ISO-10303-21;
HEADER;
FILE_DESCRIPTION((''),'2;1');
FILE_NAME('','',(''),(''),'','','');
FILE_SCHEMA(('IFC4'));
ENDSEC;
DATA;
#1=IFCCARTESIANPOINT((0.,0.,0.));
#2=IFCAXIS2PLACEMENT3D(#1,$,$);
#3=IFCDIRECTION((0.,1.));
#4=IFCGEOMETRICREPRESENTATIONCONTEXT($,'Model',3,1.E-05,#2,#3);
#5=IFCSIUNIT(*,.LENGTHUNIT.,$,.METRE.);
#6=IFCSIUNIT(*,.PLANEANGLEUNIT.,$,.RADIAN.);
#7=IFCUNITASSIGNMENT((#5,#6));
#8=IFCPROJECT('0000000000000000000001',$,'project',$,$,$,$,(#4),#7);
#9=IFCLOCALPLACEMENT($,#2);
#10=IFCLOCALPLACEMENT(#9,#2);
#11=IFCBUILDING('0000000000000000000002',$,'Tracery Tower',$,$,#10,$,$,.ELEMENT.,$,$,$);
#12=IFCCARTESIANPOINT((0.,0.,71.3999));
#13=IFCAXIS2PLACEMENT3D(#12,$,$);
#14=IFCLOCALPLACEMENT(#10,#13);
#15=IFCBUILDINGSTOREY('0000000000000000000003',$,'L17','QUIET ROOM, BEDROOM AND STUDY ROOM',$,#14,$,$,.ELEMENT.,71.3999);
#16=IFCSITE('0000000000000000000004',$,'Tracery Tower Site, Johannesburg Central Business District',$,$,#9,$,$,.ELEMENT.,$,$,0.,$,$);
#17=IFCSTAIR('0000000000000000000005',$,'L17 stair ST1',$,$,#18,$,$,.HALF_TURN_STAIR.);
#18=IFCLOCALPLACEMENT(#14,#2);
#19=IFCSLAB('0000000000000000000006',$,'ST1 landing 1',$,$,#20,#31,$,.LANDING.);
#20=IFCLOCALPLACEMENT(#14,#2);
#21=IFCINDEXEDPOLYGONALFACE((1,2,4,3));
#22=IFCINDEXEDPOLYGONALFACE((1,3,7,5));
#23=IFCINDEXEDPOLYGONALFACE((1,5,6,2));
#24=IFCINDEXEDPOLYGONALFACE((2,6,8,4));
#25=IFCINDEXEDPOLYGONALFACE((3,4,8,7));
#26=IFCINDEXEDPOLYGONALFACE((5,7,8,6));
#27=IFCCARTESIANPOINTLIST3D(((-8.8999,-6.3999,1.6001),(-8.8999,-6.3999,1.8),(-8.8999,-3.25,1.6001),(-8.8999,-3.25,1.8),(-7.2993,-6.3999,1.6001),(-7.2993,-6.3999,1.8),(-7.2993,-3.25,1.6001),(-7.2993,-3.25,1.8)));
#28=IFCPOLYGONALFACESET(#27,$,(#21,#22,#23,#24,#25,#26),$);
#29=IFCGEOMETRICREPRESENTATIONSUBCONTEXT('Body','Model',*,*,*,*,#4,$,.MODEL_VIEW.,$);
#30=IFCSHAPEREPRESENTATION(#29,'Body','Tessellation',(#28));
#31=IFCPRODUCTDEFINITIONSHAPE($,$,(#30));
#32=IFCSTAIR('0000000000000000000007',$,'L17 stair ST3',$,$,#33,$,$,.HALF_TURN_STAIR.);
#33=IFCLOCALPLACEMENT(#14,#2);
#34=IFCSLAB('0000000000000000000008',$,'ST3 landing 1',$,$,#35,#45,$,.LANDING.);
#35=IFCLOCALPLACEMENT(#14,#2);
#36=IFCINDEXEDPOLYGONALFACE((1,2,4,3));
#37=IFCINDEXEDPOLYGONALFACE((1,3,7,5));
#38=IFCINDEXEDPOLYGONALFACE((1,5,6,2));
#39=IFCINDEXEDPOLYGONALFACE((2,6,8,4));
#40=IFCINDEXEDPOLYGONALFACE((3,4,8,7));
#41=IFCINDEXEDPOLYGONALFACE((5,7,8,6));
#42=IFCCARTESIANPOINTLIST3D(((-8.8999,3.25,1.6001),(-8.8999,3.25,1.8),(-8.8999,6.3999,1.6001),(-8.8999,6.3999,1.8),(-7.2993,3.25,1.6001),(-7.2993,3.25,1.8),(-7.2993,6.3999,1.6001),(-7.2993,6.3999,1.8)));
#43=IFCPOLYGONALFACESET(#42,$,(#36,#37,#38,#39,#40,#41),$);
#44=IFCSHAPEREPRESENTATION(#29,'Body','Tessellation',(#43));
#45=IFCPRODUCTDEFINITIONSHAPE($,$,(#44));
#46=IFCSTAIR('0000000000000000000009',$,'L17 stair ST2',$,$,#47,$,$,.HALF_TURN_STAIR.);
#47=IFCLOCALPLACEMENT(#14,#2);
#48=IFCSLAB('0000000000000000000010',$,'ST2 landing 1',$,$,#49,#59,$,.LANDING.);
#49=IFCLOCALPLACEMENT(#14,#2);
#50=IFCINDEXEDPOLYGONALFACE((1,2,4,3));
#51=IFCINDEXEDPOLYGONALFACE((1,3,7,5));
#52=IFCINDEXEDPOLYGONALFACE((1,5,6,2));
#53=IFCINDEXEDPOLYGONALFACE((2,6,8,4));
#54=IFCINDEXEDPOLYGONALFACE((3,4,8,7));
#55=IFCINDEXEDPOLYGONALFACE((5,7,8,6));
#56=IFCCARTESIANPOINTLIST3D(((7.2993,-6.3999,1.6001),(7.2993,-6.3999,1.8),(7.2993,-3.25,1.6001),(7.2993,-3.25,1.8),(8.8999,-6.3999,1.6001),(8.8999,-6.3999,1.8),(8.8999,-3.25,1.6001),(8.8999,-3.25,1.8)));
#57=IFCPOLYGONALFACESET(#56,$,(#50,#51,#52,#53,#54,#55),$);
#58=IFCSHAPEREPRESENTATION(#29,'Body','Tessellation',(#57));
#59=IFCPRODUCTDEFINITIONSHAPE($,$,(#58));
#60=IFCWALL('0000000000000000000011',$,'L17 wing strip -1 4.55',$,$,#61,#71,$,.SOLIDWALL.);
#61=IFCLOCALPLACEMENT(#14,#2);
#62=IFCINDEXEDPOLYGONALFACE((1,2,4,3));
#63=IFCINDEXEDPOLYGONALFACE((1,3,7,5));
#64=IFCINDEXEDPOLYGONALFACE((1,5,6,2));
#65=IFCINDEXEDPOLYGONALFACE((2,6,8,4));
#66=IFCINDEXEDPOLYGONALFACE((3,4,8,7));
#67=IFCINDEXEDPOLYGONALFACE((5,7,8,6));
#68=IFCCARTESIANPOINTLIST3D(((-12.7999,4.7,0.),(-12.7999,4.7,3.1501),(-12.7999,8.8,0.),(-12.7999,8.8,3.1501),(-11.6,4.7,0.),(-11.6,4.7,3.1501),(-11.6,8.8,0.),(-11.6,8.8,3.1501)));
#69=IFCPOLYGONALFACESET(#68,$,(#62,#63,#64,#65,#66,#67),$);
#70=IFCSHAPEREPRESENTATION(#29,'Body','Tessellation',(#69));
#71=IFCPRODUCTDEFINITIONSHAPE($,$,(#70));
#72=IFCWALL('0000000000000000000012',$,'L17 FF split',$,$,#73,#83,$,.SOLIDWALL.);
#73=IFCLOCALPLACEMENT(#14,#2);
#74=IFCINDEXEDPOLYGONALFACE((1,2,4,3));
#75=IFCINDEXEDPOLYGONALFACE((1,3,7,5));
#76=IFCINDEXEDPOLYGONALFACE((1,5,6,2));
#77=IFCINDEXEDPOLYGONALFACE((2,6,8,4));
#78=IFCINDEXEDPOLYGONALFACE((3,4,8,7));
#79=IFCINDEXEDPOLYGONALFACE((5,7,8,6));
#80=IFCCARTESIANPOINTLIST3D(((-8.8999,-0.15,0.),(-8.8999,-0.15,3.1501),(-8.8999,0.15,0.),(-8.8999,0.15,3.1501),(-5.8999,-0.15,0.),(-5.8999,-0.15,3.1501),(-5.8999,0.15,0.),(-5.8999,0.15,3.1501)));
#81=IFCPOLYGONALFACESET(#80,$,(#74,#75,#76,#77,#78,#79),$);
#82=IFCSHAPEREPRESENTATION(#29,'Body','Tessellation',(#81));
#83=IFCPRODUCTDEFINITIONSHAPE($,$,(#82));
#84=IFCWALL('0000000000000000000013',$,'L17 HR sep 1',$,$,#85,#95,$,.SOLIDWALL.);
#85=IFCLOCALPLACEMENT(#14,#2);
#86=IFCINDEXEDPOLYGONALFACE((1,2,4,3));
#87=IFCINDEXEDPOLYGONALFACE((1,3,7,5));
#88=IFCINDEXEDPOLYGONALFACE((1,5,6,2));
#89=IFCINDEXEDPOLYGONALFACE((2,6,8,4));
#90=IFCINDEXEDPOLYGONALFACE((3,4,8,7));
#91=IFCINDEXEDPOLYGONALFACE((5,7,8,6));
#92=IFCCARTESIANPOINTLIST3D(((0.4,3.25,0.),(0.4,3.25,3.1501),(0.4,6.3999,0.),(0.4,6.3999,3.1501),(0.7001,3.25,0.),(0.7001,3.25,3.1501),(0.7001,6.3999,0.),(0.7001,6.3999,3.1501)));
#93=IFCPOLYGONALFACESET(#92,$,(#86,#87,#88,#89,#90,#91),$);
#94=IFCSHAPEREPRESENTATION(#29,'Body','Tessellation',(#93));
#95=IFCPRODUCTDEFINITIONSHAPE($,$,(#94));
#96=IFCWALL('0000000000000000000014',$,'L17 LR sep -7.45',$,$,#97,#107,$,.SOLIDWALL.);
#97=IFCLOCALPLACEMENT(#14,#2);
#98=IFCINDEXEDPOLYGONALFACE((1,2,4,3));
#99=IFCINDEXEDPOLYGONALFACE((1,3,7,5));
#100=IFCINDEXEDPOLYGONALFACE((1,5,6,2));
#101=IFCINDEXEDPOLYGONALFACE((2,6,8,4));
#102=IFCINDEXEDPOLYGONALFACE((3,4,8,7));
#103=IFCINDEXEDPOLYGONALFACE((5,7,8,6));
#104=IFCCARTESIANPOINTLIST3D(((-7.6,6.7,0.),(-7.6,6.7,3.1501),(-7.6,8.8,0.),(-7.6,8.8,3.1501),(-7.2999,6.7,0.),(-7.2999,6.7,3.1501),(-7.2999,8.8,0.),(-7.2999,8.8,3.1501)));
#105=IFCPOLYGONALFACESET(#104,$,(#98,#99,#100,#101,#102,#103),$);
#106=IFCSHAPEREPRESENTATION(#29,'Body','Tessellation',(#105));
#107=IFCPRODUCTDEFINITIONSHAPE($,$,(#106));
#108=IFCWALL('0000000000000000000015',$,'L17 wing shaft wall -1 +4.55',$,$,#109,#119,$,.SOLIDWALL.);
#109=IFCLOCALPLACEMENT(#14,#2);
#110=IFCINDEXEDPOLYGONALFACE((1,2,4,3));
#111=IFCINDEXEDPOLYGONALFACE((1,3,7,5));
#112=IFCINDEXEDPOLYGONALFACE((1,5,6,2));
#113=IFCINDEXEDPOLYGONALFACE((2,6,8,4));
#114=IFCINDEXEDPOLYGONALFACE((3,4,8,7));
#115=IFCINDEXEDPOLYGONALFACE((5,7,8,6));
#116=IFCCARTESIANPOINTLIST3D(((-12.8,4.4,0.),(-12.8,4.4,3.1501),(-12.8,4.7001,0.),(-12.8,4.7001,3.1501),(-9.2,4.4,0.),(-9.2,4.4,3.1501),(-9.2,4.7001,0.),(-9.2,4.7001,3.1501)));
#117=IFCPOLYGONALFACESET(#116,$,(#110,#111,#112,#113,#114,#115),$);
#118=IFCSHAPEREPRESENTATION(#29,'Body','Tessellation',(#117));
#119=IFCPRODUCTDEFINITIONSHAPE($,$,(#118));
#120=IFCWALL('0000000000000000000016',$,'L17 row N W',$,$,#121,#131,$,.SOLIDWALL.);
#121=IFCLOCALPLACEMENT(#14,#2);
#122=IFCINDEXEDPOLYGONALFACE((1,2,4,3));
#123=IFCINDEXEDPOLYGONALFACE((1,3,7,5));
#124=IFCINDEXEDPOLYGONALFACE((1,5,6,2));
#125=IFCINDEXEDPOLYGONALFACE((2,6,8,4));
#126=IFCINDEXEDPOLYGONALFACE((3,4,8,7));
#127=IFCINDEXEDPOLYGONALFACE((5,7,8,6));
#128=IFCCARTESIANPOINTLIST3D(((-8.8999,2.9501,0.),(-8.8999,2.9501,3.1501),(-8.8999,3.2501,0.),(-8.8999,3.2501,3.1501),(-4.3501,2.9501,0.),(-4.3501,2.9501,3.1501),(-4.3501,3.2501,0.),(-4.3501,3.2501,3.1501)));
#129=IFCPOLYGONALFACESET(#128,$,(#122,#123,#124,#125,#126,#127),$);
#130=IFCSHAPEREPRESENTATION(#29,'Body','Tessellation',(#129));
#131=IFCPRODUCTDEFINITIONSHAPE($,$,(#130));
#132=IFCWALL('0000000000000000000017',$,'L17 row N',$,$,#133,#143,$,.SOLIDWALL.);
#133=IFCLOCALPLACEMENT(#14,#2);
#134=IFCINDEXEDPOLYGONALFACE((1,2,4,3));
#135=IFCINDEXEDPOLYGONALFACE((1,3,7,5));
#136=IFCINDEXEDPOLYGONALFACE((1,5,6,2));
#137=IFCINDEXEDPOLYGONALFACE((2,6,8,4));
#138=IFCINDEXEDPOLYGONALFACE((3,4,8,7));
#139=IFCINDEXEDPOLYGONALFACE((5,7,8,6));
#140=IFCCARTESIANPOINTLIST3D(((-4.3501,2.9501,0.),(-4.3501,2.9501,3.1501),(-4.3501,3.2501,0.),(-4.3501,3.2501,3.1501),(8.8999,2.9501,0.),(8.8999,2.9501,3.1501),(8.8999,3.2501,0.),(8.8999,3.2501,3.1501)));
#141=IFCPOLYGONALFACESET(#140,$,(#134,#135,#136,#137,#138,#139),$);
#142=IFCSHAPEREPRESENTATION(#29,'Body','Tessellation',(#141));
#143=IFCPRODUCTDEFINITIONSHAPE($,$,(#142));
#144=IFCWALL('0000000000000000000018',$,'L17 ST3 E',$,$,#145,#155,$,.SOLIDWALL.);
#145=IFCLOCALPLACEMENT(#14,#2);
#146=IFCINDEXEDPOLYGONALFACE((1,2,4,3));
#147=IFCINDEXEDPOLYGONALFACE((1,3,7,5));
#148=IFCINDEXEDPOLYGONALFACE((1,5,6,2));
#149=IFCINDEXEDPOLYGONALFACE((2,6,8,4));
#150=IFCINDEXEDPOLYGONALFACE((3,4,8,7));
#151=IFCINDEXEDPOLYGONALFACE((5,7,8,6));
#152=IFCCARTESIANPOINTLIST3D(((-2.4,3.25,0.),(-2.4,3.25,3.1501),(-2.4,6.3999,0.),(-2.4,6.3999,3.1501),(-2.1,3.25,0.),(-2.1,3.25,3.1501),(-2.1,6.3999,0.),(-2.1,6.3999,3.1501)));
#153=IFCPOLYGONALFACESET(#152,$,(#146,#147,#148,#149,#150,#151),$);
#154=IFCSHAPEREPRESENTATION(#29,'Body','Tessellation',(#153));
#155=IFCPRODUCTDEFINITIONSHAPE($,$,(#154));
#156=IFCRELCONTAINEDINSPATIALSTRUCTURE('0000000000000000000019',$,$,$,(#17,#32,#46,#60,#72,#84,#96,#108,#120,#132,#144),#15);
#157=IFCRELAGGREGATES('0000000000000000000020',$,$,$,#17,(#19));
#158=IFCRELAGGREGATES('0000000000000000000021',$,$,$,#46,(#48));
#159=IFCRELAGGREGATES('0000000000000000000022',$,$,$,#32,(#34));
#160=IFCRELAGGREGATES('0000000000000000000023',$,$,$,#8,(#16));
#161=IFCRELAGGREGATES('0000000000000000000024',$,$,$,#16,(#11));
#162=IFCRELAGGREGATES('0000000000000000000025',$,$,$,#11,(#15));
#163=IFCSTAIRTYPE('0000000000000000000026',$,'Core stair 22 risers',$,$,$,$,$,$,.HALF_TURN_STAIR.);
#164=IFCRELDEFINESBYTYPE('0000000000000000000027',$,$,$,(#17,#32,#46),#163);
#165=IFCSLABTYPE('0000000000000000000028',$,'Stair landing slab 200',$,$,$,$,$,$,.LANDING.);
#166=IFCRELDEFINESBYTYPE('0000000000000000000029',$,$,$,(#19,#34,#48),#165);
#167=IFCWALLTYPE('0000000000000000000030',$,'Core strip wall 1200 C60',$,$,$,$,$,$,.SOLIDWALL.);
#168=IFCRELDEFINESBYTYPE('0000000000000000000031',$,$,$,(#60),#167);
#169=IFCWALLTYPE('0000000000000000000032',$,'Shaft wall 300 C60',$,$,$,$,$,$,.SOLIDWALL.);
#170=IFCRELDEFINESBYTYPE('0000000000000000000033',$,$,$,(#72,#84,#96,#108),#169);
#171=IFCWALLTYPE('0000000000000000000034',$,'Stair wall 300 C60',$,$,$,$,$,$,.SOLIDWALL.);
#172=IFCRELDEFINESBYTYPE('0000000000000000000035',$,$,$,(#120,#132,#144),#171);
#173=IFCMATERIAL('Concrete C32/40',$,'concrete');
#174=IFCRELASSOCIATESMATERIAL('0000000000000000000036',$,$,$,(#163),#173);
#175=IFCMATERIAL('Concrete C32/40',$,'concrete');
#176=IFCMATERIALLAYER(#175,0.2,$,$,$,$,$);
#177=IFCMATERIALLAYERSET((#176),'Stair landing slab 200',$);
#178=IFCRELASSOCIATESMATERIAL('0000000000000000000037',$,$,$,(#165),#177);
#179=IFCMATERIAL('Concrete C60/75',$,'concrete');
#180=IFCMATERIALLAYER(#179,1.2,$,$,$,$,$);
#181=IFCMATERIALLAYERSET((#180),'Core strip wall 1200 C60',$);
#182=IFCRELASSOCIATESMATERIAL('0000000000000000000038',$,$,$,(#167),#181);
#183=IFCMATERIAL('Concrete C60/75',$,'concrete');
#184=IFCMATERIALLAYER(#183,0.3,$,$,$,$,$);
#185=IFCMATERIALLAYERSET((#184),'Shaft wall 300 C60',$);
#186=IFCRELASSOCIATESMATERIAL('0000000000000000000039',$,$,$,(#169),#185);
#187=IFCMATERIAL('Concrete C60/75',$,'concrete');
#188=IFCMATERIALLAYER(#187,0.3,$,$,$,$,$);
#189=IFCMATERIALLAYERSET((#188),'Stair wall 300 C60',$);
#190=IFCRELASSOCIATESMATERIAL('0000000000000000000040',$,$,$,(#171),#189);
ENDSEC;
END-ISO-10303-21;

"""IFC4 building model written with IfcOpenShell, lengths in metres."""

from ifc_helpers import new_model, si_unit, direction, frame, frame_2d, origin, place, context, subcontext, project, spatial, polyline, rectangle, outline, extrude, material, layer, layer_set, type_object, element, aggregate, save


model = new_model("IFC4")

# Units and contexts
model_context = context("Model", 3, precision=1e-05, world=origin(), true_north=direction((0.0, 1.0)))
body_context = subcontext(model_context, "Body", "Model", "MODEL_VIEW")
ifc_project = project(units=[si_unit("LENGTHUNIT", "METRE"), si_unit("PLANEANGLEUNIT", "RADIAN")], contexts=[model_context])

# Site, building, storey
site_placement = place(None, origin())
site = spatial("IfcSite", under=ifc_project, at=site_placement, Name="Tracery Tower Site, Johannesburg Central Business District", CompositionType="ELEMENT", RefElevation=0.0)
building_placement = place(site_placement, origin())
building = spatial("IfcBuilding", under=site, at=building_placement, Name="Tracery Tower", CompositionType="ELEMENT")
storey_placement = place(building_placement, frame((0.0, 0.0, 71.3999)))
storey = spatial("IfcBuildingStorey", under=building, at=storey_placement, Name="L17", Description="QUIET ROOM, BEDROOM AND STUDY ROOM", CompositionType="ELEMENT", Elevation=71.3999)

# Stairs, slabs
ifc_material_1 = material(Name="Concrete C32/40", Category="concrete")
stair_type = type_object("IfcStairType", Name="Core stair 22 risers", PredefinedType="HALF_TURN_STAIR", material=ifc_material_1)
stair_1_placement = place(storey_placement, origin())
stair_1 = element("IfcStair", 1, at=stair_1_placement, inside=storey, type_object=stair_type, Name="L17 stair ST1", PredefinedType="HALF_TURN_STAIR")
ifc_material_2 = material(Name="Concrete C32/40", Category="concrete")
ifc_layer_1 = layer(ifc_material_2, 0.2)
ifc_layer_set_1 = layer_set([ifc_layer_1], Name="Stair landing slab 200")
slab_type_1 = type_object("IfcSlabType", Name="Stair landing slab 200", PredefinedType="LANDING", material=ifc_layer_set_1)
slab_1_placement = place(storey_placement, frame((0.0, 0.0, 1.6001)))
slab_1 = element("IfcSlab", 2, at=slab_1_placement, type_object=slab_type_1, Name="ST1 landing 1", PredefinedType="LANDING", context=body_context, shape_type="SweptSolid", body=[
    extrude(outline(polyline([(-7.2993, -3.25), (-8.8999, -3.25), (-8.8999, -6.3999), (-7.2993, -6.3999), (-7.2993, -3.25)])), origin(), (0.0, 0.0, 1.0), 0.2),
])
aggregate(stair_1, [slab_1])
stair_2_placement = place(storey_placement, origin())
stair_2 = element("IfcStair", 3, at=stair_2_placement, inside=storey, type_object=stair_type, Name="L17 stair ST3", PredefinedType="HALF_TURN_STAIR")
slab_2_placement = place(storey_placement, frame((0.0, 0.0, 1.6001)))
slab_2 = element("IfcSlab", 4, at=slab_2_placement, type_object=slab_type_1, Name="ST3 landing 1", PredefinedType="LANDING", context=body_context, shape_type="SweptSolid", body=[
    extrude(outline(polyline([(-7.2993, 6.3999), (-8.8999, 6.3999), (-8.8999, 3.25), (-7.2993, 3.25), (-7.2993, 6.3999)])), origin(), (0.0, 0.0, 1.0), 0.2),
])
stair_3_placement = place(storey_placement, origin())
stair_3 = element("IfcStair", 5, at=stair_3_placement, inside=storey, type_object=stair_type, Name="L17 stair ST2", PredefinedType="HALF_TURN_STAIR")
slab_3_placement = place(storey_placement, frame((0.0, 0.0, 1.6001)))
slab_3 = element("IfcSlab", 6, at=slab_3_placement, type_object=slab_type_1, Name="ST2 landing 1", PredefinedType="LANDING", context=body_context, shape_type="SweptSolid", body=[
    extrude(outline(polyline([(7.2993, -6.3999), (8.8999, -6.3999), (8.8999, -3.25), (7.2993, -3.25), (7.2993, -6.3999)])), origin(), (0.0, 0.0, 1.0), 0.2),
])
aggregate(stair_3, [slab_3])

# Walls
ifc_material_3 = material(Name="Concrete C60/75", Category="concrete")
ifc_layer_2 = layer(ifc_material_3, 1.2)
ifc_layer_set_2 = layer_set([ifc_layer_2], Name="Core strip wall 1200 C60")
wall_type_1 = type_object("IfcWallType", Name="Core strip wall 1200 C60", PredefinedType="SOLIDWALL", material=ifc_layer_set_2)
wall_1_placement = place(storey_placement, frame((-12.2, 4.7, 0.0), z_axis=(0.0, 0.0, 1.0), x_axis=(0.0, 1.0, 0.0)))
element("IfcWall", 7, at=wall_1_placement, inside=storey, type_object=wall_type_1, Name="L17 wing strip -1 4.55", PredefinedType="SOLIDWALL", context=body_context, shape_type="SweptSolid", body=[
    extrude(rectangle(XDim=4.1001, YDim=1.2, at=frame_2d((2.05, 0.0))), origin(), (0.0, 0.0, 1.0), 3.1501),
])
ifc_material_4 = material(Name="Concrete C60/75", Category="concrete")
ifc_layer_3 = layer(ifc_material_4, 0.3)
ifc_layer_set_3 = layer_set([ifc_layer_3], Name="Shaft wall 300 C60")
wall_type_2 = type_object("IfcWallType", Name="Shaft wall 300 C60", PredefinedType="SOLIDWALL", material=ifc_layer_set_3)
wall_2_placement = place(storey_placement, frame((-8.8999, 0.0, 0.0), z_axis=(0.0, 0.0, 1.0), x_axis=(1.0, 0.0, 0.0)))
element("IfcWall", 8, at=wall_2_placement, inside=storey, type_object=wall_type_2, Name="L17 FF split", PredefinedType="SOLIDWALL", context=body_context, shape_type="SweptSolid", body=[
    extrude(rectangle(XDim=3.0, YDim=0.3, at=frame_2d((1.5, 0.0))), origin(), (0.0, 0.0, 1.0), 3.1501),
])
wall_3_placement = place(storey_placement, frame((0.55, 3.25, 0.0), z_axis=(0.0, 0.0, 1.0), x_axis=(0.0, 1.0, 0.0)))
element("IfcWall", 9, at=wall_3_placement, inside=storey, type_object=wall_type_2, Name="L17 HR sep 1", PredefinedType="SOLIDWALL", context=body_context, shape_type="SweptSolid", body=[
    extrude(rectangle(XDim=3.1499, YDim=0.3, at=frame_2d((1.575, 0.0))), origin(), (0.0, 0.0, 1.0), 3.1501),
])
wall_4_placement = place(storey_placement, frame((-7.45, 6.7, 0.0), z_axis=(0.0, 0.0, 1.0), x_axis=(0.0, 1.0, 0.0)))
element("IfcWall", 10, at=wall_4_placement, inside=storey, type_object=wall_type_2, Name="L17 LR sep -7.45", PredefinedType="SOLIDWALL", context=body_context, shape_type="SweptSolid", body=[
    extrude(rectangle(XDim=2.1001, YDim=0.3, at=frame_2d((1.05, 0.0))), origin(), (0.0, 0.0, 1.0), 3.1501),
])

# Wall
wall_5_placement = place(storey_placement, frame((-12.8, 4.55, 0.0), z_axis=(0.0, 0.0, 1.0), x_axis=(1.0, 0.0, 0.0)))
element("IfcWall", 11, at=wall_5_placement, inside=storey, type_object=wall_type_2, Name="L17 wing shaft wall -1 +4.55", PredefinedType="SOLIDWALL", context=body_context, shape_type="SweptSolid", body=[
    extrude(rectangle(XDim=3.6001, YDim=0.3, at=frame_2d((1.8, 0.0))), origin(), (0.0, 0.0, 1.0), 3.1501),
])

# Walls
ifc_material_5 = material(Name="Concrete C60/75", Category="concrete")
ifc_layer_4 = layer(ifc_material_5, 0.3)
ifc_layer_set_4 = layer_set([ifc_layer_4], Name="Stair wall 300 C60")
wall_type_3 = type_object("IfcWallType", Name="Stair wall 300 C60", PredefinedType="SOLIDWALL", material=ifc_layer_set_4)
wall_6_placement = place(storey_placement, frame((-8.8999, 3.1001, 0.0), z_axis=(0.0, 0.0, 1.0), x_axis=(1.0, 0.0, 0.0)))
element("IfcWall", 12, at=wall_6_placement, inside=storey, type_object=wall_type_3, Name="L17 row N W", PredefinedType="SOLIDWALL", context=body_context, shape_type="SweptSolid", body=[
    extrude(rectangle(XDim=4.5498, YDim=0.3, at=frame_2d((2.2749, 0.0))), origin(), (0.0, 0.0, 1.0), 3.1501),
])
wall_7_placement = place(storey_placement, frame((-4.3501, 3.1001, 0.0), z_axis=(0.0, 0.0, 1.0), x_axis=(1.0, 0.0, 0.0)))
element("IfcWall", 13, at=wall_7_placement, inside=storey, type_object=wall_type_3, Name="L17 row N", PredefinedType="SOLIDWALL", context=body_context, shape_type="SweptSolid", body=[
    extrude(rectangle(XDim=13.25, YDim=0.3, at=frame_2d((6.625, 0.0))), origin(), (0.0, 0.0, 1.0), 3.1501),
])
wall_8_placement = place(storey_placement, frame((-2.25, 3.25, 0.0), z_axis=(0.0, 0.0, 1.0), x_axis=(0.0, 1.0, 0.0)))
element("IfcWall", 14, at=wall_8_placement, inside=storey, type_object=wall_type_3, Name="L17 ST3 E", PredefinedType="SOLIDWALL", context=body_context, shape_type="SweptSolid", body=[
    extrude(rectangle(XDim=3.1499, YDim=0.3, at=frame_2d((1.575, 0.0))), origin(), (0.0, 0.0, 1.0), 3.1501),
])

aggregate(stair_2, [slab_2])

save(model, "model.ifc")
